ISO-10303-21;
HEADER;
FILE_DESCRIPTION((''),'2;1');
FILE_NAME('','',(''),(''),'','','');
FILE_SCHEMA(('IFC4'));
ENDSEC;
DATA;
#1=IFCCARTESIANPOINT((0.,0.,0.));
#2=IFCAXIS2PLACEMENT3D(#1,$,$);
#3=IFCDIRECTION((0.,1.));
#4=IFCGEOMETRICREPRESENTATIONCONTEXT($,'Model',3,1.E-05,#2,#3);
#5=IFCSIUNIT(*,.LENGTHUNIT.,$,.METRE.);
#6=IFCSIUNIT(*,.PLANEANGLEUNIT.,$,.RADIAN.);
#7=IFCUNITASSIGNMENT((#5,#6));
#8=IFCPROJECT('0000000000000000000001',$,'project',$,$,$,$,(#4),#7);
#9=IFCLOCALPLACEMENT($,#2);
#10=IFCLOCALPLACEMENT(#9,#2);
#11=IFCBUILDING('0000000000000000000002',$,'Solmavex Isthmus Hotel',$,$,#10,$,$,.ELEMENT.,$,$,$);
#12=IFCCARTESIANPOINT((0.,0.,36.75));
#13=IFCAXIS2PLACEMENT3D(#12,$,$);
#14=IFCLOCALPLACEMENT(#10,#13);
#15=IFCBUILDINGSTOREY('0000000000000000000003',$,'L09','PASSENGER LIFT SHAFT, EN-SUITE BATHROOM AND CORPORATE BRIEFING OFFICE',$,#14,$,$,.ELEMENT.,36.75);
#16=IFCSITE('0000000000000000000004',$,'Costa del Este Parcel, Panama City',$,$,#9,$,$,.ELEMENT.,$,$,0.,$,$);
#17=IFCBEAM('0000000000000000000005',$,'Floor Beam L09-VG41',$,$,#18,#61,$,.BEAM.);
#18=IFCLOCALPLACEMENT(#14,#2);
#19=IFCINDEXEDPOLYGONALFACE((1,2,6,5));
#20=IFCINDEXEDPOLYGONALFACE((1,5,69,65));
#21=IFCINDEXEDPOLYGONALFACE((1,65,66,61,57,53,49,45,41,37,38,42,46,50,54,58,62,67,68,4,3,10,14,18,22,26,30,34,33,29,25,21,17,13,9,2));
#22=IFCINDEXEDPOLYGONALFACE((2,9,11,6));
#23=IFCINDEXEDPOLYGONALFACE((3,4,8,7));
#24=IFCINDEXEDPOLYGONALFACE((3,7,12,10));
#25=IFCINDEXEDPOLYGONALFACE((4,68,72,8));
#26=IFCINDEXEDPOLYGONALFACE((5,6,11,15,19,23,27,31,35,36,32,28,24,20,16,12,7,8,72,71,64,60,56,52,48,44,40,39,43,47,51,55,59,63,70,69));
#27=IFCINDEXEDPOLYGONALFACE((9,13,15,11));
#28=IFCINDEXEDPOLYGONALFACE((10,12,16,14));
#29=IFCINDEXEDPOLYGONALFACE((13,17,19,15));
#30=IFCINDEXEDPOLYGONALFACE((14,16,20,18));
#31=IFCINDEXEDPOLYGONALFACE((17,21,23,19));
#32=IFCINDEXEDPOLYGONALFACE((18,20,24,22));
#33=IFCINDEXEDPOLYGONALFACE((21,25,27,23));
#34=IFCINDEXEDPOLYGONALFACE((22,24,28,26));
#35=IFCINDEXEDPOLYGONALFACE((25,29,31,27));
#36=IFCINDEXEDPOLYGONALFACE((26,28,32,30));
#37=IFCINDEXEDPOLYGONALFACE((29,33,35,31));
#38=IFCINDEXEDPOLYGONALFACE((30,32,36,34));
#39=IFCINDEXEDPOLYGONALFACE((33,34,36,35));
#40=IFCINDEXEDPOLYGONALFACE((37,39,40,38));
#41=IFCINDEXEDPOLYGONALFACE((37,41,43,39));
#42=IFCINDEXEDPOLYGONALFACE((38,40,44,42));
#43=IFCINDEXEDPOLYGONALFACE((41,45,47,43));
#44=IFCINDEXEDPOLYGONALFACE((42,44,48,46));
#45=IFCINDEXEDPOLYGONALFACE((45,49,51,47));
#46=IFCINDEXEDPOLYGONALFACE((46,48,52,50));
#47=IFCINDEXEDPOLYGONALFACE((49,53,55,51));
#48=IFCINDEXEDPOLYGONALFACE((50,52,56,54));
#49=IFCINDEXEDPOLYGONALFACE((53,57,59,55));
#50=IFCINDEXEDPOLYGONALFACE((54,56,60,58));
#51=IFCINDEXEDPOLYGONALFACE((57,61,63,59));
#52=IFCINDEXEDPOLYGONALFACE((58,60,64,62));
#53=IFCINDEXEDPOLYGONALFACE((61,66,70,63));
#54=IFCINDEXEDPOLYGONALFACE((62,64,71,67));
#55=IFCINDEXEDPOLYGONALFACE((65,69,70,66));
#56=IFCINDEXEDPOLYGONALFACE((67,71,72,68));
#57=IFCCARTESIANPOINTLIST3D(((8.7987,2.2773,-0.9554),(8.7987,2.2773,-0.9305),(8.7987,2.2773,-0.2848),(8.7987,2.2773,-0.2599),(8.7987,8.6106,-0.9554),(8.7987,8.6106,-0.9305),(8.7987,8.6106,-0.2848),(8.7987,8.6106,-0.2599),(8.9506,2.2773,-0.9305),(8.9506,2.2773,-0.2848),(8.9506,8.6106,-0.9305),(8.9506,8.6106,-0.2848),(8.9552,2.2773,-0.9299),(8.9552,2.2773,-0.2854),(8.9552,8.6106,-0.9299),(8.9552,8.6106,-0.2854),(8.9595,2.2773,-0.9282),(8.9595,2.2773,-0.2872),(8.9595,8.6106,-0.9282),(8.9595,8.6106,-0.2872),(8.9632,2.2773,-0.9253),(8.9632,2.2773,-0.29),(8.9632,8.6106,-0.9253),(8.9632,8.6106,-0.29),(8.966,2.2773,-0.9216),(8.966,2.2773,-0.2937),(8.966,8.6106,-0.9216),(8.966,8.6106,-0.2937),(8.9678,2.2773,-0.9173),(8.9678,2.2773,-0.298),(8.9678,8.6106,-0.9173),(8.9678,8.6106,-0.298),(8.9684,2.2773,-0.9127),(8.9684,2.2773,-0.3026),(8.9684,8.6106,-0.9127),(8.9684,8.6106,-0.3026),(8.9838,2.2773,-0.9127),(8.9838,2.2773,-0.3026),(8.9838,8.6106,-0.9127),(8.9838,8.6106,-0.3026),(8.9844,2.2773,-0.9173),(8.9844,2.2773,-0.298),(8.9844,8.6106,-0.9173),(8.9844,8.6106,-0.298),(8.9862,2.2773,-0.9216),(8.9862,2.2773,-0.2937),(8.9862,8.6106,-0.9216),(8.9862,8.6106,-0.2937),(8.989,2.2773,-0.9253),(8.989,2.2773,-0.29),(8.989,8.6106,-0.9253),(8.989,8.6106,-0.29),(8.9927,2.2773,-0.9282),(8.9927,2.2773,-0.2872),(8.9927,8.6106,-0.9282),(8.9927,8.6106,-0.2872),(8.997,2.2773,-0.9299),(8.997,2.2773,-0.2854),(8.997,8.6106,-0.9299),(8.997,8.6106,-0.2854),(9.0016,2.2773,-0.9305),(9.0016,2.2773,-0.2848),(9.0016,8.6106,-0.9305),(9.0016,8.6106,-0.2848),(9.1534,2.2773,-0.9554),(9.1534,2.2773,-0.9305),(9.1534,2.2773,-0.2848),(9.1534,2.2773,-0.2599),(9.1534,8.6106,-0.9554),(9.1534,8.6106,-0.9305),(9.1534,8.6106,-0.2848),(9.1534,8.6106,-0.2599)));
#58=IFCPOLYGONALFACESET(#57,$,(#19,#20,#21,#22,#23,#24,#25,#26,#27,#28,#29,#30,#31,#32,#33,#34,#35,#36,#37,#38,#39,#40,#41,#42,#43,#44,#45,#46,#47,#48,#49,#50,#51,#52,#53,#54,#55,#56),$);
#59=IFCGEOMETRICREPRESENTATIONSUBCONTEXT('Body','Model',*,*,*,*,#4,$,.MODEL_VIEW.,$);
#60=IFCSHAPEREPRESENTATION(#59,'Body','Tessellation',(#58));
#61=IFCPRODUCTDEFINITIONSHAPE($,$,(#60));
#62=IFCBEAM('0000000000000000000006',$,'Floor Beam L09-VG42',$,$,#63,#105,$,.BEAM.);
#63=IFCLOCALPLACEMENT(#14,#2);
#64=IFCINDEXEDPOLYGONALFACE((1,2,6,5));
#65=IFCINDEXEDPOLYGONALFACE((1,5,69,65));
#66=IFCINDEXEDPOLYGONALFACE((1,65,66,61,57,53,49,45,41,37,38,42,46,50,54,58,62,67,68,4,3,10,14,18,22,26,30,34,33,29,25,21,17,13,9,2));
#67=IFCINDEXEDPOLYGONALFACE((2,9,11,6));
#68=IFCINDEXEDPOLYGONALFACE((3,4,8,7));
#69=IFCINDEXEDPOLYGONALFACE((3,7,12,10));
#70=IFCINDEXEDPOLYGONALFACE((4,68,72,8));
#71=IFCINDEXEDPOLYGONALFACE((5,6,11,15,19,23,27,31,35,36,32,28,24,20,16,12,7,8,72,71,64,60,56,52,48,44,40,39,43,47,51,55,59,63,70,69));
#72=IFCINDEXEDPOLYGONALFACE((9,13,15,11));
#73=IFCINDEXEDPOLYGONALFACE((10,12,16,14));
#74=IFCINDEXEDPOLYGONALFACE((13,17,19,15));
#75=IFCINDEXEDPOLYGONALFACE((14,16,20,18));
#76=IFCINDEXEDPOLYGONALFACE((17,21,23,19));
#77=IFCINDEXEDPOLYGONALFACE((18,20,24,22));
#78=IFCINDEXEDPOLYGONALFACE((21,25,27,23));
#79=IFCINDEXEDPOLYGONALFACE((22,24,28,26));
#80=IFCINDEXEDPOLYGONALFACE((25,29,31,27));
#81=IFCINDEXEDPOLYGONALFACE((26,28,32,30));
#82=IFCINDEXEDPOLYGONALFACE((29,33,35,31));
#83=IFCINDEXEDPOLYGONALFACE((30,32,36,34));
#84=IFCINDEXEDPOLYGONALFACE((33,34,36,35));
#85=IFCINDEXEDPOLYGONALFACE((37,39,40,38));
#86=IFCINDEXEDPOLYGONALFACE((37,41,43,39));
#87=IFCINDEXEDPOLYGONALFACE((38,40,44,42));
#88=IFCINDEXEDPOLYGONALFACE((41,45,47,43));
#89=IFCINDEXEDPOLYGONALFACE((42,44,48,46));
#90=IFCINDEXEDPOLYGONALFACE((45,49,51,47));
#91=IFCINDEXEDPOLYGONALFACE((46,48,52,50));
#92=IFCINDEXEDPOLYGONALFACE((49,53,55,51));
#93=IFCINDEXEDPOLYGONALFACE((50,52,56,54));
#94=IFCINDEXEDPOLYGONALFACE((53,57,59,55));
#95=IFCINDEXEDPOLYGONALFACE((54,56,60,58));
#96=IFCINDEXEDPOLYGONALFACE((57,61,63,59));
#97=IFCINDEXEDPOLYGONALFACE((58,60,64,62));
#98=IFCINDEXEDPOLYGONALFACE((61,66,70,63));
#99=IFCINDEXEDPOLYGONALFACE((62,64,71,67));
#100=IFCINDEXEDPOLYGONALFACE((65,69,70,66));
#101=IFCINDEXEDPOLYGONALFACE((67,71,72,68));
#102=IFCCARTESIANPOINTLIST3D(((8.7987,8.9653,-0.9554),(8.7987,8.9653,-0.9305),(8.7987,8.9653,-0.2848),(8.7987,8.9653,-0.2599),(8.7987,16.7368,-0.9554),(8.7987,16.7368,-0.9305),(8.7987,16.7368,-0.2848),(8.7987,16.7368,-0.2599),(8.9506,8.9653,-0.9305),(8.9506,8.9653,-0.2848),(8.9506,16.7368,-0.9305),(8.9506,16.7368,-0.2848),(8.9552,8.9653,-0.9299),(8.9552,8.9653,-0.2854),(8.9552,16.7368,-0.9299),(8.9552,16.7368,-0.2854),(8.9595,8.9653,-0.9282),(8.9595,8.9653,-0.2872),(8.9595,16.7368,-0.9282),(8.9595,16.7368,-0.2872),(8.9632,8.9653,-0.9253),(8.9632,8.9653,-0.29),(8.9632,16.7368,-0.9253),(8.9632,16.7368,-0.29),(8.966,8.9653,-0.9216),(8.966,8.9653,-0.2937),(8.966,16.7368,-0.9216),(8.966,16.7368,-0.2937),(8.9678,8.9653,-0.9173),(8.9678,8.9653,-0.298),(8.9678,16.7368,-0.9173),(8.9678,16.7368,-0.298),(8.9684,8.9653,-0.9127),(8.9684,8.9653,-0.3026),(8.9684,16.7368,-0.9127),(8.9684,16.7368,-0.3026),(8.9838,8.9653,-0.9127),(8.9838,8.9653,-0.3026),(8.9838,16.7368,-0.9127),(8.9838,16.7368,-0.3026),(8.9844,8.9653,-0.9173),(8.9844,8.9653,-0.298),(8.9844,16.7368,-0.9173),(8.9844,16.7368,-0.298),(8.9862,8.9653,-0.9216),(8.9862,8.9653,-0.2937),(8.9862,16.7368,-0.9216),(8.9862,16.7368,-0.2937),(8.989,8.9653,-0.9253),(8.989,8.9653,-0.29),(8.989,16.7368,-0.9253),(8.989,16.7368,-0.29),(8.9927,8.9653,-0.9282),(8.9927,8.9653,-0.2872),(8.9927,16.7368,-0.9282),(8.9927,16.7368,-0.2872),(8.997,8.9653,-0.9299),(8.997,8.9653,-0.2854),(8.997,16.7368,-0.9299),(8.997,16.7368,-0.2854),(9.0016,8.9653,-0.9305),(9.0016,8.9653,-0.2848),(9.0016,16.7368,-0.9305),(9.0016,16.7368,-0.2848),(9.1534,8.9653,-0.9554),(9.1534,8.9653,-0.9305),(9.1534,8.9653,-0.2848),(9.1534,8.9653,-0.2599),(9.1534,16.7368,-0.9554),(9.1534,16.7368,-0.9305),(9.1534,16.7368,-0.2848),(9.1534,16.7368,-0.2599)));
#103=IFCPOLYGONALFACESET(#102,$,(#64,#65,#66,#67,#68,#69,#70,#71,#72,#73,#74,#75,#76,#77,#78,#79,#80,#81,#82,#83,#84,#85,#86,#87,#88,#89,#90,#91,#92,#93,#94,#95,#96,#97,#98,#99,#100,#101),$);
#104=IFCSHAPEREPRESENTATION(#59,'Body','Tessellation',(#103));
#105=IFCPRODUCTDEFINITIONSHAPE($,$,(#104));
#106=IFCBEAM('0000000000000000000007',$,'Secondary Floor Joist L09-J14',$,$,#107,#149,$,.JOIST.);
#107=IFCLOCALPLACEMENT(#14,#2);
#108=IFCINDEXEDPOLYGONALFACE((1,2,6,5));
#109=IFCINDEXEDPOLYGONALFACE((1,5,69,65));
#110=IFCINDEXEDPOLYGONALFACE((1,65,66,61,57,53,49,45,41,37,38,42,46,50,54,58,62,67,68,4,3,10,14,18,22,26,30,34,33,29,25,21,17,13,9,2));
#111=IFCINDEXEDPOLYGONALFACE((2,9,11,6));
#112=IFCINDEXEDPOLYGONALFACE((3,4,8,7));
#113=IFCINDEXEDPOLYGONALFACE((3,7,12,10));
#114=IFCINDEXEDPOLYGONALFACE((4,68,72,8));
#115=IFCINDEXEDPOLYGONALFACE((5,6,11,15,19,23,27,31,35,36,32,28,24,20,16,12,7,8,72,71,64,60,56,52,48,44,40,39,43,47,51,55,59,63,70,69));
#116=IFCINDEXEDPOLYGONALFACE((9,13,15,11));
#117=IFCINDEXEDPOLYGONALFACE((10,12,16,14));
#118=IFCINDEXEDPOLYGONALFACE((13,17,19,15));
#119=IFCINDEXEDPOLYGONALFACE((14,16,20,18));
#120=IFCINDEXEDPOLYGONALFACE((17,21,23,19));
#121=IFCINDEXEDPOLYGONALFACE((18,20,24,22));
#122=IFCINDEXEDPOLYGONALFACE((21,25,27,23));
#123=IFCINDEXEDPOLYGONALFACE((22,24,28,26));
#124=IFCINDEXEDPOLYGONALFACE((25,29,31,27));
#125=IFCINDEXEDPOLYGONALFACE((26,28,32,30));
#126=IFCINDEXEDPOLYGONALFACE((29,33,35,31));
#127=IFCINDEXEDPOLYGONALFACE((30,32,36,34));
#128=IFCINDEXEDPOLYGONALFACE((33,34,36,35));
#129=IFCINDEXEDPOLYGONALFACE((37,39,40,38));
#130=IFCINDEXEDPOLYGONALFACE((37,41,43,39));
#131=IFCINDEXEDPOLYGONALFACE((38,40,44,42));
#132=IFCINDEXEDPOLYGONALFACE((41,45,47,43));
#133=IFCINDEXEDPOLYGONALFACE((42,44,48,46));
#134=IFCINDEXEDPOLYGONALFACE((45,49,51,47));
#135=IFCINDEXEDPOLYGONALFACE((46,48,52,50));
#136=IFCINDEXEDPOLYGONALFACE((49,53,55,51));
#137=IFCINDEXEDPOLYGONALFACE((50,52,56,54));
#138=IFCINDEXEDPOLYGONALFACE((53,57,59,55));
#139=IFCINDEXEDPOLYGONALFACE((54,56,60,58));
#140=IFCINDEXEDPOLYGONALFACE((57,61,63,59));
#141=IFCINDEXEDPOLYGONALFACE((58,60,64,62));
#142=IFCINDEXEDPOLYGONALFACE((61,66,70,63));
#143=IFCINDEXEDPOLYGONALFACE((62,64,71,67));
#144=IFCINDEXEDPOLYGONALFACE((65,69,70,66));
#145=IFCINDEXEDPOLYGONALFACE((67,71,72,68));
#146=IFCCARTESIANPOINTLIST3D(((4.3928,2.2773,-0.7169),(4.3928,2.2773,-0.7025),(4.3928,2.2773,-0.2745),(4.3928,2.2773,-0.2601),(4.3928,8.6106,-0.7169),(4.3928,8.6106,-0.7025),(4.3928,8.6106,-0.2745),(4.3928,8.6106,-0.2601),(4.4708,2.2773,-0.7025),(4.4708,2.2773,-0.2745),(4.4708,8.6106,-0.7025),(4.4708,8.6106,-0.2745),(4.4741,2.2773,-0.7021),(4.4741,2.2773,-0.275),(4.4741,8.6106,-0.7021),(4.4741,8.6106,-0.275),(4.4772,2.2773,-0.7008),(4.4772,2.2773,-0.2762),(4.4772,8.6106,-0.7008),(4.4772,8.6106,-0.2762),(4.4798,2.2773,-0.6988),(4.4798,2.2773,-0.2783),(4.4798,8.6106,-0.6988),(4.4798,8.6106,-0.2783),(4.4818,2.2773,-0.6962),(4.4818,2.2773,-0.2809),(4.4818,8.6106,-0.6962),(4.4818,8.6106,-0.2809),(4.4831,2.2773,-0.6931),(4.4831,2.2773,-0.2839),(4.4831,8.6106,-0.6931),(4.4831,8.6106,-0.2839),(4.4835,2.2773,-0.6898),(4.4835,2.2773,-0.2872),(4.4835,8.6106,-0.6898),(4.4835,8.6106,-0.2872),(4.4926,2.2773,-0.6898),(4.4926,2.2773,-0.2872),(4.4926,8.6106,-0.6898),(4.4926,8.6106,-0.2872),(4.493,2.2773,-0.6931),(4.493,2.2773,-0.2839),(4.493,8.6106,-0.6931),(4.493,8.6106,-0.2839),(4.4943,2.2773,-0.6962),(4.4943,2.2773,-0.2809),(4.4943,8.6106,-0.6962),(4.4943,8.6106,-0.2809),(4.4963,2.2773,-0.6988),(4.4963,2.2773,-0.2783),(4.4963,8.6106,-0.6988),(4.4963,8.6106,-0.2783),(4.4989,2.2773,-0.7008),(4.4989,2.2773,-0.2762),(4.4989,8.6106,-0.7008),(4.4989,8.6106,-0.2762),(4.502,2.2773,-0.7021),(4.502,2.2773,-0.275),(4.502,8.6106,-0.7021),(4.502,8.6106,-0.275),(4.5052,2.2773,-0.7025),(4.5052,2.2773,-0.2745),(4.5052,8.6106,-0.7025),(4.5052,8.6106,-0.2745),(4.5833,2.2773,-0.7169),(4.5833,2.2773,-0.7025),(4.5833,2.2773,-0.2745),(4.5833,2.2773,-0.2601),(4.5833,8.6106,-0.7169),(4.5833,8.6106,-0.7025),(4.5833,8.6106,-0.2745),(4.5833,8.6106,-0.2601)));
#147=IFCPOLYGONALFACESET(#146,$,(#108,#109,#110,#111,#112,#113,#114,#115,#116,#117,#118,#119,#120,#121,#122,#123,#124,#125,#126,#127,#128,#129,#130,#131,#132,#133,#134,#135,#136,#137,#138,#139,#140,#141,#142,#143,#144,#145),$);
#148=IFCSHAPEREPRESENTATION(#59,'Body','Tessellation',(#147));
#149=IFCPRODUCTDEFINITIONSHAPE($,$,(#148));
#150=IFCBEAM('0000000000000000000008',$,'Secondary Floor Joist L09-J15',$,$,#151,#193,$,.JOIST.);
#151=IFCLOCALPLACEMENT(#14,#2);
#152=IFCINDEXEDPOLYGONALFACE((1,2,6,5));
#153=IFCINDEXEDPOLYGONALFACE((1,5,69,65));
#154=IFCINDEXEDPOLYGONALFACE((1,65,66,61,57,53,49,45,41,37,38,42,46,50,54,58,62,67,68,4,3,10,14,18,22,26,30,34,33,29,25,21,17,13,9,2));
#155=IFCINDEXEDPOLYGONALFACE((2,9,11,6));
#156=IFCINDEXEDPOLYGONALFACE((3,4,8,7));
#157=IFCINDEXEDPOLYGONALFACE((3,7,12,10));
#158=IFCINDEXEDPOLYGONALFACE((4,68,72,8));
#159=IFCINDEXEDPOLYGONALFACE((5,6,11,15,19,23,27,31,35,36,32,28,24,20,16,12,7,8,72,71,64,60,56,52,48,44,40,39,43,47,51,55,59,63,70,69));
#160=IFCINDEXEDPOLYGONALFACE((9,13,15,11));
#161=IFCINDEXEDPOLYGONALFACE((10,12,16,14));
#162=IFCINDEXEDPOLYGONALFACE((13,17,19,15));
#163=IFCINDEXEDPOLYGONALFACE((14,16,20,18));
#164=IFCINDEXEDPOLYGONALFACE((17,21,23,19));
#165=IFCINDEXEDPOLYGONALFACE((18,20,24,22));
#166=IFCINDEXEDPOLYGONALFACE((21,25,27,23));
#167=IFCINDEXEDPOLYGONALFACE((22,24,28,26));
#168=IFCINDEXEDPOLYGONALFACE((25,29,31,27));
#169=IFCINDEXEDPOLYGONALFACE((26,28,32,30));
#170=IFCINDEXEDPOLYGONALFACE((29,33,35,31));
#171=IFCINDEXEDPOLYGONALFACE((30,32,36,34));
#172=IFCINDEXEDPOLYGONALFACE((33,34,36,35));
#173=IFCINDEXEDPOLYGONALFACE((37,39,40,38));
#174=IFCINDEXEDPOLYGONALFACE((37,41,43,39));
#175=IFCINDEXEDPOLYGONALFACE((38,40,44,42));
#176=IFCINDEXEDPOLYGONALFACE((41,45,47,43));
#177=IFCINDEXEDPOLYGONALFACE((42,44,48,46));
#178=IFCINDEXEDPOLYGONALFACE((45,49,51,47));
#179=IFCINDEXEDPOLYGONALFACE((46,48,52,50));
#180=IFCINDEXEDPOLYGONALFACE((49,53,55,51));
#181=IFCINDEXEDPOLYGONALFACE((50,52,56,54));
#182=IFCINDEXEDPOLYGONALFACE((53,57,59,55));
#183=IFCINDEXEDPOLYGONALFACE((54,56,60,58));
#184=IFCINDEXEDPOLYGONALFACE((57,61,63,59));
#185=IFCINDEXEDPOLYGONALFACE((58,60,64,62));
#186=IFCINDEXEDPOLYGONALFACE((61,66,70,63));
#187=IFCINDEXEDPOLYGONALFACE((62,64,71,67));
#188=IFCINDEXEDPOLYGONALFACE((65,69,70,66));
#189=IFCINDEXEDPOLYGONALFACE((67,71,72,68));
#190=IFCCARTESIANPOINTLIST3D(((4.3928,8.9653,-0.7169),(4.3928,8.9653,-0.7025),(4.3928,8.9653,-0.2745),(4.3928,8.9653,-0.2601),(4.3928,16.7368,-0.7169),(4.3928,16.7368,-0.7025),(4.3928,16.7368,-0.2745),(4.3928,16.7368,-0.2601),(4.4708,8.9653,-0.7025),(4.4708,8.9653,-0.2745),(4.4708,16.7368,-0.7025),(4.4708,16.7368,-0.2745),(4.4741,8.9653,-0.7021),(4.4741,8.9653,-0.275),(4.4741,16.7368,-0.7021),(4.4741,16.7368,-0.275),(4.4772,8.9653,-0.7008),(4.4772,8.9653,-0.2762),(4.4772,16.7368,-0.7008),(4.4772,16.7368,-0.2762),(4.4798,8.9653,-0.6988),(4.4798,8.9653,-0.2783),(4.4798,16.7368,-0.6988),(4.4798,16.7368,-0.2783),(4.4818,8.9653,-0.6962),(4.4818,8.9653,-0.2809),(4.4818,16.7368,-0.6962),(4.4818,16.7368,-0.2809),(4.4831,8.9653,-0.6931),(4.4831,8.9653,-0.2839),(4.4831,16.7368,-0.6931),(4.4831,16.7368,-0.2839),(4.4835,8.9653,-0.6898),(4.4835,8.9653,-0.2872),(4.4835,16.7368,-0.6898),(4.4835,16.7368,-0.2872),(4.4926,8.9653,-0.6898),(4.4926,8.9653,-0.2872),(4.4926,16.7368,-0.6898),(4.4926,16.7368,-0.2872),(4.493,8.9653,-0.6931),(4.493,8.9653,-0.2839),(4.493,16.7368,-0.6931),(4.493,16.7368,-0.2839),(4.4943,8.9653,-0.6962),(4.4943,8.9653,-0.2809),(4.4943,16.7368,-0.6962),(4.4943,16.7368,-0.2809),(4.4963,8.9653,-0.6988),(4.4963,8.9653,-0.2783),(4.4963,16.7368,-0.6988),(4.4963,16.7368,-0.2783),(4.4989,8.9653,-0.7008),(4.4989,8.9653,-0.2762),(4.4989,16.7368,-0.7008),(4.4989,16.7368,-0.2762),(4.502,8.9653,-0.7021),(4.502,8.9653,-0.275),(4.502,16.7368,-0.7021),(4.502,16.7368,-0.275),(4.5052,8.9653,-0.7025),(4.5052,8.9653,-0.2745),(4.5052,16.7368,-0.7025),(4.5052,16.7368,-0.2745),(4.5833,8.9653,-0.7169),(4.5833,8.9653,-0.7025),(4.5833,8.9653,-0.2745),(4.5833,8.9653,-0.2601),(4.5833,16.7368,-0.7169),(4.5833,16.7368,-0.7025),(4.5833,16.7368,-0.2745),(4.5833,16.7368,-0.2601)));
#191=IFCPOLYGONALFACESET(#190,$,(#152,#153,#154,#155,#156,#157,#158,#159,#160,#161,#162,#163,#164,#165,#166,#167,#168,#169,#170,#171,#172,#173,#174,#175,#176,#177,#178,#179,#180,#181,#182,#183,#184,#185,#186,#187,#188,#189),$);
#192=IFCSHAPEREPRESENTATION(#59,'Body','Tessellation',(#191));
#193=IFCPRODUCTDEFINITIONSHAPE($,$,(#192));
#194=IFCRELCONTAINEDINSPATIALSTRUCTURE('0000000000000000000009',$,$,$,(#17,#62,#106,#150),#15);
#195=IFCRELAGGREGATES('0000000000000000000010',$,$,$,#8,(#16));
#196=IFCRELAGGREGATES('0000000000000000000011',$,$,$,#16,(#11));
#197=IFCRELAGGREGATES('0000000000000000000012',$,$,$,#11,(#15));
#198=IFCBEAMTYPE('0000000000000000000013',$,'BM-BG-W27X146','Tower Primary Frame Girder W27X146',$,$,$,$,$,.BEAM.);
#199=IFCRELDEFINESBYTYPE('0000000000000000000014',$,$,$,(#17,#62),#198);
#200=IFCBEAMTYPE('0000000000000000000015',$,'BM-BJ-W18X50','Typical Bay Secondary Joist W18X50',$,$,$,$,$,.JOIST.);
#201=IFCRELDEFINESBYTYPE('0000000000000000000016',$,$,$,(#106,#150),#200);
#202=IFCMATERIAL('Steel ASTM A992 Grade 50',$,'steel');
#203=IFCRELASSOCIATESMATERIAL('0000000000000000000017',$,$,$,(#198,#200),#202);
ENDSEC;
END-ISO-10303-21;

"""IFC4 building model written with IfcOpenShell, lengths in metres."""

from ifc_helpers import new_model, si_unit, direction, frame, origin, origin_2d, place, context, subcontext, project, spatial, i_section, extrude, material, material_profile, profile_set, type_object, element, save


model = new_model("IFC4")

# Units and contexts
model_context = context("Model", 3, precision=1e-05, world=origin(), true_north=direction((0.0, 1.0)))
body_context = subcontext(model_context, "Body", "Model", "MODEL_VIEW")
ifc_project = project(units=[si_unit("LENGTHUNIT", "METRE"), si_unit("PLANEANGLEUNIT", "RADIAN")], contexts=[model_context])

# Site, building, storey
site_placement = place(None, origin())
site = spatial("IfcSite", under=ifc_project, at=site_placement, Name="Costa del Este Parcel, Panama City", CompositionType="ELEMENT", RefElevation=0.0)
building_placement = place(site_placement, origin())
building = spatial("IfcBuilding", under=site, at=building_placement, Name="Solmavex Isthmus Hotel", CompositionType="ELEMENT")
storey_placement = place(building_placement, frame((0.0, 0.0, 36.75)))
storey = spatial("IfcBuildingStorey", under=building, at=storey_placement, Name="L09", Description="PASSENGER LIFT SHAFT, EN-SUITE BATHROOM AND CORPORATE BRIEFING OFFICE", CompositionType="ELEMENT", Elevation=36.75)

# Beams
ifc_material_1 = material(Name="Steel ASTM A992 Grade 50", Category="steel")
ifc_material_profile_1 = material_profile(ifc_material_1, i_section(OverallWidth=0.3547, OverallDepth=0.6956, WebThickness=0.0154, FlangeThickness=0.0249, FilletRadius=0.0178, at=origin_2d()), Name="W27X146")
ifc_profile_set_1 = profile_set([ifc_material_profile_1], Name="Steel ASTM A992 Grade 50")
beam_type_1 = type_object("IfcBeamType", Name="BM-BG-W27X146", Description="Tower Primary Frame Girder W27X146", PredefinedType="BEAM", material=ifc_profile_set_1)
beam_1_placement = place(storey_placement, frame((8.9761, 2.2773, -0.6077), z_axis=(0.0, 1.0, 0.0), x_axis=(-1.0, 0.0, 0.0)))
element("IfcBeam", 1, at=beam_1_placement, inside=storey, type_object=beam_type_1, Name="Floor Beam L09-VG41", PredefinedType="BEAM", context=body_context, shape_type="SweptSolid", body=[
    extrude(i_section(OverallWidth=0.3547, OverallDepth=0.6956, WebThickness=0.0154, FlangeThickness=0.0249, FilletRadius=0.0178, at=origin_2d()), origin(), (0.0, 0.0, 1.0), 6.3333),
])
beam_2_placement = place(storey_placement, frame((8.9761, 8.9653, -0.6077), z_axis=(0.0, 1.0, 0.0), x_axis=(-1.0, 0.0, 0.0)))
element("IfcBeam", 2, at=beam_2_placement, inside=storey, type_object=beam_type_1, Name="Floor Beam L09-VG42", PredefinedType="BEAM", context=body_context, shape_type="SweptSolid", body=[
    extrude(i_section(OverallWidth=0.3547, OverallDepth=0.6956, WebThickness=0.0154, FlangeThickness=0.0249, FilletRadius=0.0178, at=origin_2d()), origin(), (0.0, 0.0, 1.0), 7.7715),
])
ifc_material_profile_2 = material_profile(ifc_material_1, i_section(OverallWidth=0.1904, OverallDepth=0.4568, WebThickness=0.009, FlangeThickness=0.0144, FilletRadius=0.0127, at=origin_2d()), Name="W18X50")
ifc_profile_set_2 = profile_set([ifc_material_profile_2], Name="Steel ASTM A992 Grade 50")
beam_type_2 = type_object("IfcBeamType", Name="BM-BJ-W18X50", Description="Typical Bay Secondary Joist W18X50", PredefinedType="JOIST", material=ifc_profile_set_2)
beam_3_placement = place(storey_placement, frame((4.488, 2.2773, -0.4885), z_axis=(0.0, 1.0, 0.0), x_axis=(-1.0, 0.0, 0.0)))
element("IfcBeam", 3, at=beam_3_placement, inside=storey, type_object=beam_type_2, Name="Secondary Floor Joist L09-J14", PredefinedType="JOIST", context=body_context, shape_type="SweptSolid", body=[
    extrude(i_section(OverallWidth=0.1904, OverallDepth=0.4568, WebThickness=0.009, FlangeThickness=0.0144, FilletRadius=0.0127, at=origin_2d()), origin(), (0.0, 0.0, 1.0), 6.3333),
])
beam_4_placement = place(storey_placement, frame((4.488, 8.9653, -0.4885), z_axis=(0.0, 1.0, 0.0), x_axis=(-1.0, 0.0, 0.0)))
element("IfcBeam", 4, at=beam_4_placement, inside=storey, type_object=beam_type_2, Name="Secondary Floor Joist L09-J15", PredefinedType="JOIST", context=body_context, shape_type="SweptSolid", body=[
    extrude(i_section(OverallWidth=0.1904, OverallDepth=0.4568, WebThickness=0.009, FlangeThickness=0.0144, FilletRadius=0.0127, at=origin_2d()), origin(), (0.0, 0.0, 1.0), 7.7715),
])

save(model, "model.ifc")
